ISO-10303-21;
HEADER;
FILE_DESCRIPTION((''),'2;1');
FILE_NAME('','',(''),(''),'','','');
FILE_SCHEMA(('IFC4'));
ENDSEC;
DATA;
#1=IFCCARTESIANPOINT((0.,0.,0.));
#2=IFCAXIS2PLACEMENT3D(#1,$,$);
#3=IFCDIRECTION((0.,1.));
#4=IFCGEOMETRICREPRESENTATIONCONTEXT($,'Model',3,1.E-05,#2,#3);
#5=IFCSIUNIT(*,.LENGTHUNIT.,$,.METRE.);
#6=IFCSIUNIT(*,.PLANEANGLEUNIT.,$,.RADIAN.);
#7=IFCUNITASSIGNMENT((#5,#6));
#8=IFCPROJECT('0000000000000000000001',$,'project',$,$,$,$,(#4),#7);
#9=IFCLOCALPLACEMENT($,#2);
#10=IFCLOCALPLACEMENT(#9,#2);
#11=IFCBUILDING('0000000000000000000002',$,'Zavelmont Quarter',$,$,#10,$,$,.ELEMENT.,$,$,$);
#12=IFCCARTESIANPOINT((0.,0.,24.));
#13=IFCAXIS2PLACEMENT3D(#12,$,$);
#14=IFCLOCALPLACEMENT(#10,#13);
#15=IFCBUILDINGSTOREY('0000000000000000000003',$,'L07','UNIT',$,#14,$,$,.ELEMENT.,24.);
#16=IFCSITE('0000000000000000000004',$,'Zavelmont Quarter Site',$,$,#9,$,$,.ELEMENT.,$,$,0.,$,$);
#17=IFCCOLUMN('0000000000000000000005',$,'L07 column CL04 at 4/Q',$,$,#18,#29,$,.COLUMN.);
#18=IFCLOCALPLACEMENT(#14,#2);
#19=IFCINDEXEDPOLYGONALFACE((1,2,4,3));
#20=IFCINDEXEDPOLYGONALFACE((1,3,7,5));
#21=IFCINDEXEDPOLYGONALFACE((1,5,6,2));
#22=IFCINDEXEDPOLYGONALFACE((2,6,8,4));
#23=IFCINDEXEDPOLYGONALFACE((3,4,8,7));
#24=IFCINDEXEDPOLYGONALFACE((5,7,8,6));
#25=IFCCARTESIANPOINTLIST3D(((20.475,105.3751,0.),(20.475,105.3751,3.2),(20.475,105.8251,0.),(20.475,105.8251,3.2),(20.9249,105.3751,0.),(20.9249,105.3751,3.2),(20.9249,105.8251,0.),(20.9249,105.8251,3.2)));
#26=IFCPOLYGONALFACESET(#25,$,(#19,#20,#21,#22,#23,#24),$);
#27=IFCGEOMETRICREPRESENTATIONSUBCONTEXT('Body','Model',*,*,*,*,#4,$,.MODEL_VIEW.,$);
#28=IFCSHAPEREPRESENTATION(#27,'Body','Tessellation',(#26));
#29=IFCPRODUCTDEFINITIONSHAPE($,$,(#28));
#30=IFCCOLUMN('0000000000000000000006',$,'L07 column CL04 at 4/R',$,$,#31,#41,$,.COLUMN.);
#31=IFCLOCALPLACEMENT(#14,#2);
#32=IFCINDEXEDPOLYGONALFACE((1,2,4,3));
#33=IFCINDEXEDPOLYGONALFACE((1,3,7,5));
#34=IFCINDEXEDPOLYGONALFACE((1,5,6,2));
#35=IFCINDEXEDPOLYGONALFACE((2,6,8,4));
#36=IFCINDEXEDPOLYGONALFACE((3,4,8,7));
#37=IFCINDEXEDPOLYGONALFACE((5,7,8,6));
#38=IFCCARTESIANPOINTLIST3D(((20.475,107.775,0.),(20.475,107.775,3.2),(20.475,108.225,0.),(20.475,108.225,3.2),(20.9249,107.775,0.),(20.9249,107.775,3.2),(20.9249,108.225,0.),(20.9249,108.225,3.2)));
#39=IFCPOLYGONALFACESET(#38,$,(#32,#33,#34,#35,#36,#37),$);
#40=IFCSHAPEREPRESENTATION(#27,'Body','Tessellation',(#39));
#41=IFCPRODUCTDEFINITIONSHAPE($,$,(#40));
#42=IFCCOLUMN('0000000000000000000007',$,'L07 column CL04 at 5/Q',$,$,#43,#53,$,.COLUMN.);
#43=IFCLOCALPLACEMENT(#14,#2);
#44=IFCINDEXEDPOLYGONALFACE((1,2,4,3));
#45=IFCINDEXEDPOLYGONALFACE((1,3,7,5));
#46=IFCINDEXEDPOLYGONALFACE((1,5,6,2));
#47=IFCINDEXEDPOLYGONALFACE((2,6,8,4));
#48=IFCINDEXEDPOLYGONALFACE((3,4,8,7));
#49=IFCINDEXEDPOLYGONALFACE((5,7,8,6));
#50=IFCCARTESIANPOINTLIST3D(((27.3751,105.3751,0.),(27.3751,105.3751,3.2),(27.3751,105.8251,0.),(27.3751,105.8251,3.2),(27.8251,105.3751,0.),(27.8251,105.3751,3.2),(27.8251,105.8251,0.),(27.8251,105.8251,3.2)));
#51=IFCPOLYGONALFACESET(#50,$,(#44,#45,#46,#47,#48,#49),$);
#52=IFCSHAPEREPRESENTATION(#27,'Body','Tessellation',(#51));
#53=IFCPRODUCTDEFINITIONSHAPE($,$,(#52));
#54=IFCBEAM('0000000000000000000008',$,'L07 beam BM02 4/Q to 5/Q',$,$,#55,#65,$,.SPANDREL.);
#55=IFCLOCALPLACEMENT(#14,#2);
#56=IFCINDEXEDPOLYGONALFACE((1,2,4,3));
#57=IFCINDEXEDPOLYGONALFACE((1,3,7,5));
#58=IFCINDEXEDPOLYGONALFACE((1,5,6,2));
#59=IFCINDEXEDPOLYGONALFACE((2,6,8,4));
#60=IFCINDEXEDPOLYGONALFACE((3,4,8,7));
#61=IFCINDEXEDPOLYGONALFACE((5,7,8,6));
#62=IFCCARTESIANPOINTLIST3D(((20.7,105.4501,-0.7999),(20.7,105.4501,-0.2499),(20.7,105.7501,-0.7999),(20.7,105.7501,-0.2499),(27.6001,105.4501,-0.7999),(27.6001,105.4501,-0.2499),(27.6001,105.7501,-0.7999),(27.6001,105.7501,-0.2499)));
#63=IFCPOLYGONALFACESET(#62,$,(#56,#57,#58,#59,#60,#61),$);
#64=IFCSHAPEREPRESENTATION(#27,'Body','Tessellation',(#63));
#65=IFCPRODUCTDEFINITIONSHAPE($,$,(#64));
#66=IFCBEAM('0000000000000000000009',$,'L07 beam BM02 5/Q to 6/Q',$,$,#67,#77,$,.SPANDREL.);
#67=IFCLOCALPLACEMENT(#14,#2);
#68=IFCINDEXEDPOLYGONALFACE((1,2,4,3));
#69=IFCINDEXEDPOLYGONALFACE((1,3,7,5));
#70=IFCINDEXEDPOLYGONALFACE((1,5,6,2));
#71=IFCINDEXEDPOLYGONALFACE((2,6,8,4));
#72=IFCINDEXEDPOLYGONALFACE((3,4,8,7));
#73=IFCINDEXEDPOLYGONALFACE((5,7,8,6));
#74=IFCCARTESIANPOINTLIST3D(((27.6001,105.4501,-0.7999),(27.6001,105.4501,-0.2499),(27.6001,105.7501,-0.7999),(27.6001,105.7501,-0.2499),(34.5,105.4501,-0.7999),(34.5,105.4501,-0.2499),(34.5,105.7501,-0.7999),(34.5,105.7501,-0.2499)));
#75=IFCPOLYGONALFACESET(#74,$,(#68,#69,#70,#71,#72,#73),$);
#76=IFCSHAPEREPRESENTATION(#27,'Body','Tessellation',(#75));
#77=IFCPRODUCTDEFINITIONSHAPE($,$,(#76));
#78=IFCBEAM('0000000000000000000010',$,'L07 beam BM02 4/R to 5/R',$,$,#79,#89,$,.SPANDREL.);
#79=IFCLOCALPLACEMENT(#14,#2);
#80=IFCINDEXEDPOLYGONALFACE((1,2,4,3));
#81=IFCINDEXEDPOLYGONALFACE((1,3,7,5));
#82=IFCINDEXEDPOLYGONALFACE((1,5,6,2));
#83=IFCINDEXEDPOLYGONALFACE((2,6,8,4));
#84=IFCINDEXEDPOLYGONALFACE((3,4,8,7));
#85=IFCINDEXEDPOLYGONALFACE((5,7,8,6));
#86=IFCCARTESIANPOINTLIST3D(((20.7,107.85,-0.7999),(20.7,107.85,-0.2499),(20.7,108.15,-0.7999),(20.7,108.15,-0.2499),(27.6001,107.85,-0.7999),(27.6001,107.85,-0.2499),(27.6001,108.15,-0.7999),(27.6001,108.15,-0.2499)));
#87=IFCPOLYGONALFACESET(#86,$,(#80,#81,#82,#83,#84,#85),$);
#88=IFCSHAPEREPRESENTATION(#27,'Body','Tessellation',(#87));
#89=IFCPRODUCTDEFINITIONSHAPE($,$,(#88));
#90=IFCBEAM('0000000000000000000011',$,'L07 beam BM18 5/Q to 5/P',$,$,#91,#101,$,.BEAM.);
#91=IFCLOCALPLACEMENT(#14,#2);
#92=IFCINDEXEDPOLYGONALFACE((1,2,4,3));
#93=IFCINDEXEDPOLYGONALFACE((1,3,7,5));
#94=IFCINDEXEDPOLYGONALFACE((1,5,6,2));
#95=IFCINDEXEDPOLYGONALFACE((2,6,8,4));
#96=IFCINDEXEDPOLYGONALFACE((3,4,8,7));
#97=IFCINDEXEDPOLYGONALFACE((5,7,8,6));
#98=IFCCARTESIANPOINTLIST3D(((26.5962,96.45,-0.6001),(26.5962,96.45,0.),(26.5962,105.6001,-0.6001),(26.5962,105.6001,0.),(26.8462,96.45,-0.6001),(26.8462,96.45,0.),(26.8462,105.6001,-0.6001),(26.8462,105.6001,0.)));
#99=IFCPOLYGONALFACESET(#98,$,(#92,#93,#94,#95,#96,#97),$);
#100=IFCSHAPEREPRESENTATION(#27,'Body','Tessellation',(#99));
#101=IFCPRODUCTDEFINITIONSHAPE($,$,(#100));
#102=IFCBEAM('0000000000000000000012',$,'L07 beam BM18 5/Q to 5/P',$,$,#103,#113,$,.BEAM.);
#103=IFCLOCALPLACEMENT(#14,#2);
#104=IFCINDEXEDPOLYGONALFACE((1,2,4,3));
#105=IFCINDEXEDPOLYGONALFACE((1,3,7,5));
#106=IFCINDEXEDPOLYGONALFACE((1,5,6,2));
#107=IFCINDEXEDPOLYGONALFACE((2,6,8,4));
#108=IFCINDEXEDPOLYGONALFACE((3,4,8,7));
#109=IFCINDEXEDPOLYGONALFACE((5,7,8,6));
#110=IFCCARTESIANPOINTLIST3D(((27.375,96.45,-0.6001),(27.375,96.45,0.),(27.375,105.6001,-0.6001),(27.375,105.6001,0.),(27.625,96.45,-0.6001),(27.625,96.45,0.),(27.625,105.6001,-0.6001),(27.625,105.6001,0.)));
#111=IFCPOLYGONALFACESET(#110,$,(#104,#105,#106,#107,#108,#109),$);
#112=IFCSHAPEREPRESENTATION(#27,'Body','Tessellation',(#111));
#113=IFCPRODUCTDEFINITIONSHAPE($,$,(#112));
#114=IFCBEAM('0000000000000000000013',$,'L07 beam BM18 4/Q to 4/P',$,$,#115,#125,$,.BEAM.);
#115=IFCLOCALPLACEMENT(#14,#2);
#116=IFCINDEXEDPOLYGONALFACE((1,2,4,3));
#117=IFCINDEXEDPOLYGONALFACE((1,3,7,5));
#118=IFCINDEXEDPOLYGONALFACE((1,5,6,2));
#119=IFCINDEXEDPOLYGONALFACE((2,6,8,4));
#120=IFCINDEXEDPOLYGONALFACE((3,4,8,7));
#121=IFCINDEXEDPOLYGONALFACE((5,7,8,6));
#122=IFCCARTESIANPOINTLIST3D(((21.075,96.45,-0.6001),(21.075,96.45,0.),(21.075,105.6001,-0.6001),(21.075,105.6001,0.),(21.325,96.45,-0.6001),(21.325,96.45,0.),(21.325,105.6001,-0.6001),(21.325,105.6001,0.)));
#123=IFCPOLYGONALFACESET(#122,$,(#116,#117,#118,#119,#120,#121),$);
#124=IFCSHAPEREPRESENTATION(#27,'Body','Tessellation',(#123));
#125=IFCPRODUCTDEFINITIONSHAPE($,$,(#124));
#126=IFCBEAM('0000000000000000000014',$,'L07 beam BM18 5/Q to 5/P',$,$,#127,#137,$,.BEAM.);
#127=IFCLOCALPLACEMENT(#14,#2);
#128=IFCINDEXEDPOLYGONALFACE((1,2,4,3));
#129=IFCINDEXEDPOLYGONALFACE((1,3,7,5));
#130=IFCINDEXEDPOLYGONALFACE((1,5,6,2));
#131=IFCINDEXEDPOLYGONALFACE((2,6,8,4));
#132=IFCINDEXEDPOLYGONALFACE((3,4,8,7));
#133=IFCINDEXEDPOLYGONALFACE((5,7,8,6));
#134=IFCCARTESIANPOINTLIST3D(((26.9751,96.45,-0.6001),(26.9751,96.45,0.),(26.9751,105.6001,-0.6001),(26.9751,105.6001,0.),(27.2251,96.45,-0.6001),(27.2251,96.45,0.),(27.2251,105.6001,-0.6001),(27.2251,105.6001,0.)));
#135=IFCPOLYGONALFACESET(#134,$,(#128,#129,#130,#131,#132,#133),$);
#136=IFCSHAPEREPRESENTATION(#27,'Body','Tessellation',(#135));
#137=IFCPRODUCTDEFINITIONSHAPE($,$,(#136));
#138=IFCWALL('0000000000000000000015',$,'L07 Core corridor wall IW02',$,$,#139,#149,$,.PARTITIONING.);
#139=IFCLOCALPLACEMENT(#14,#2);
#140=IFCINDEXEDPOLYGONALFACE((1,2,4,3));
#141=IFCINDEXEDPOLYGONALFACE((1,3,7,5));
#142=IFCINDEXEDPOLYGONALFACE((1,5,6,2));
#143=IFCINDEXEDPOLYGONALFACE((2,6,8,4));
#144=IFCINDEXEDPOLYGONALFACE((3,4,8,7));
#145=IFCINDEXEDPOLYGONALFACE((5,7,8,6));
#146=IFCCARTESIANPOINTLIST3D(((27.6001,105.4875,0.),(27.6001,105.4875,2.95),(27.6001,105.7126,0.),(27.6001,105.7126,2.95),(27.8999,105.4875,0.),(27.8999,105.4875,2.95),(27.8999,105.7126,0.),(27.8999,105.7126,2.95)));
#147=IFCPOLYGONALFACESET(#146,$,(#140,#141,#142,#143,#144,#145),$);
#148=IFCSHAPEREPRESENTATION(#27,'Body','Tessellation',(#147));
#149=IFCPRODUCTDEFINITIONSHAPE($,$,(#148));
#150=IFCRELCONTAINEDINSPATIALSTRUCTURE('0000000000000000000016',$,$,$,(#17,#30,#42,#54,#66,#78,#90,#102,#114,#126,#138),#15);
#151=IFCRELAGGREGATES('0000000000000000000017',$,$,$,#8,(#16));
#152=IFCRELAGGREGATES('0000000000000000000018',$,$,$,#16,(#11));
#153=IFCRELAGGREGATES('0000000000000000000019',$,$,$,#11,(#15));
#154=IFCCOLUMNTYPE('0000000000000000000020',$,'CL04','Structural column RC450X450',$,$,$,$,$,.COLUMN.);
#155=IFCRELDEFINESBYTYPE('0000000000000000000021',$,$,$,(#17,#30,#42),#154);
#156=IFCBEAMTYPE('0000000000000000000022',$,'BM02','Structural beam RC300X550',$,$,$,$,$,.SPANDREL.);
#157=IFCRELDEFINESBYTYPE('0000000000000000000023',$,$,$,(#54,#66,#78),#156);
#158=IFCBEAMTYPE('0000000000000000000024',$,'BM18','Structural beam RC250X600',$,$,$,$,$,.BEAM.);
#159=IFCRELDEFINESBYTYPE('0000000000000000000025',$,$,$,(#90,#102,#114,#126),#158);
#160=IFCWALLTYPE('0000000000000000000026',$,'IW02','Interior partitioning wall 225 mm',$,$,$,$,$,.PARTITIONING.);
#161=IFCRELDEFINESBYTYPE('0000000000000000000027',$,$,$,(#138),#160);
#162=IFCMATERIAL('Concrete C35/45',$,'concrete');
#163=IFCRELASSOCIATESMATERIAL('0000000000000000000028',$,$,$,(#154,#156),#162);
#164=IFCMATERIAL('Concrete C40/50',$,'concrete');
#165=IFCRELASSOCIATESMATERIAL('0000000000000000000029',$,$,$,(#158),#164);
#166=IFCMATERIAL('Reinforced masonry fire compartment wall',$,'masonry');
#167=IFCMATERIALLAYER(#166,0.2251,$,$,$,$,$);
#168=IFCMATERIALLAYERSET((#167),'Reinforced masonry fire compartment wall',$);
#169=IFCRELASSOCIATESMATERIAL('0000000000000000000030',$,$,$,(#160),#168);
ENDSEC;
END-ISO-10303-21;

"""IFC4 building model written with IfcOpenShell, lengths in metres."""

from ifc_helpers import new_model, si_unit, direction, frame, frame_2d, origin, origin_2d, place, context, subcontext, project, spatial, rectangle, extrude, material, layer, layer_set, material_profile, profile_set, type_object, element, save


model = new_model("IFC4")

# Units and contexts
model_context = context("Model", 3, precision=1e-05, world=origin(), true_north=direction((0.0, 1.0)))
body_context = subcontext(model_context, "Body", "Model", "MODEL_VIEW")
ifc_project = project(units=[si_unit("LENGTHUNIT", "METRE"), si_unit("PLANEANGLEUNIT", "RADIAN")], contexts=[model_context])

# Site, building, storey
site_placement = place(None, origin())
site = spatial("IfcSite", under=ifc_project, at=site_placement, Name="Zavelmont Quarter Site", CompositionType="ELEMENT", RefElevation=0.0)
building_placement = place(site_placement, origin())
building = spatial("IfcBuilding", under=site, at=building_placement, Name="Zavelmont Quarter", CompositionType="ELEMENT")
storey_placement = place(building_placement, frame((0.0, 0.0, 24.0)))
storey = spatial("IfcBuildingStorey", under=building, at=storey_placement, Name="L07", Description="UNIT", CompositionType="ELEMENT", Elevation=24.0)

# Columns
ifc_material_1 = material(Name="Concrete C35/45", Category="concrete")
ifc_material_profile_1 = material_profile(ifc_material_1, rectangle(XDim=0.45, YDim=0.45, at=origin_2d()), Name="RC450X450")
ifc_profile_set_1 = profile_set([ifc_material_profile_1], Name="Concrete C35/45")
column_type = type_object("IfcColumnType", Name="CL04", Description="Structural column RC450X450", PredefinedType="COLUMN", material=ifc_profile_set_1)
for number, where, z_axis, x_axis, name in (
    (1, (20.7, 105.6001, 0.0), (0.0, 0.0, 1.0), (1.0, 0.0, 0.0), "L07 column CL04 at 4/Q"),
    (2, (20.7, 108.0, 0.0), (0.0, 0.0, 1.0), (1.0, 0.0, 0.0), "L07 column CL04 at 4/R"),
    (3, (27.6001, 105.6001, 0.0), (0.0, 0.0, 1.0), (1.0, 0.0, 0.0), "L07 column CL04 at 5/Q"),
):
    element("IfcColumn", number, at=place(storey_placement, frame(where, z_axis=z_axis, x_axis=x_axis)), inside=storey, type_object=column_type, Name=name, PredefinedType="COLUMN", context=body_context, shape_type="SweptSolid", body=[
        extrude(rectangle(XDim=0.45, YDim=0.45, at=origin_2d()), origin(), (0.0, 0.0, 1.0), 3.2),
    ])

# Beams
ifc_material_profile_2 = material_profile(ifc_material_1, rectangle(XDim=0.3, YDim=0.55, at=origin_2d()), Name="RC300X550")
ifc_profile_set_2 = profile_set([ifc_material_profile_2], Name="Concrete C35/45")
beam_type_1 = type_object("IfcBeamType", Name="BM02", Description="Structural beam RC300X550", PredefinedType="SPANDREL", material=ifc_profile_set_2)
beam_1_placement = place(storey_placement, frame((20.7, 105.6001, -0.5249), z_axis=(1.0, 0.0, 0.0), x_axis=(0.0, 1.0, 0.0)))
element("IfcBeam", 4, at=beam_1_placement, inside=storey, type_object=beam_type_1, Name="L07 beam BM02 4/Q to 5/Q", PredefinedType="SPANDREL", context=body_context, shape_type="SweptSolid", body=[
    extrude(rectangle(XDim=0.3, YDim=0.55, at=origin_2d()), origin(), (0.0, 0.0, 1.0), 6.9001),
])
beam_2_placement = place(storey_placement, frame((27.6001, 105.6001, -0.5249), z_axis=(1.0, 0.0, 0.0), x_axis=(0.0, 1.0, 0.0)))
element("IfcBeam", 5, at=beam_2_placement, inside=storey, type_object=beam_type_1, Name="L07 beam BM02 5/Q to 6/Q", PredefinedType="SPANDREL", context=body_context, shape_type="SweptSolid", body=[
    extrude(rectangle(XDim=0.3, YDim=0.55, at=origin_2d()), origin(), (0.0, 0.0, 1.0), 6.8999),
])
beam_3_placement = place(storey_placement, frame((20.7, 108.0, -0.5249), z_axis=(1.0, 0.0, 0.0), x_axis=(0.0, 1.0, 0.0)))
element("IfcBeam", 6, at=beam_3_placement, inside=storey, type_object=beam_type_1, Name="L07 beam BM02 4/R to 5/R", PredefinedType="SPANDREL", context=body_context, shape_type="SweptSolid", body=[
    extrude(rectangle(XDim=0.3, YDim=0.55, at=origin_2d()), origin(), (0.0, 0.0, 1.0), 6.9001),
])
ifc_material_2 = material(Name="Concrete C40/50", Category="concrete")
ifc_material_profile_3 = material_profile(ifc_material_2, rectangle(XDim=0.25, YDim=0.6001, at=origin_2d()), Name="RC250X600")
ifc_profile_set_3 = profile_set([ifc_material_profile_3], Name="Concrete C40/50")
beam_type_2 = type_object("IfcBeamType", Name="BM18", Description="Structural beam RC250X600", PredefinedType="BEAM", material=ifc_profile_set_3)
for number, where, z_axis, x_axis, name in (
    (7, (26.7212, 105.6001, -0.3), (0.0, -1.0, 0.0), (1.0, 0.0, 0.0), "L07 beam BM18 5/Q to 5/P"),
    (8, (27.5, 105.6001, -0.3), (0.0, -1.0, 0.0), (1.0, 0.0, 0.0), "L07 beam BM18 5/Q to 5/P"),
    (9, (21.2, 105.6001, -0.3), (0.0, -1.0, 0.0), (1.0, 0.0, 0.0), "L07 beam BM18 4/Q to 4/P"),
    (10, (27.1001, 105.6001, -0.3), (0.0, -1.0, 0.0), (1.0, 0.0, 0.0), "L07 beam BM18 5/Q to 5/P"),
):
    element("IfcBeam", number, at=place(storey_placement, frame(where, z_axis=z_axis, x_axis=x_axis)), inside=storey, type_object=beam_type_2, Name=name, PredefinedType="BEAM", context=body_context, shape_type="SweptSolid", body=[
        extrude(rectangle(XDim=0.25, YDim=0.6001, at=origin_2d()), origin(), (0.0, 0.0, 1.0), 9.1501),
    ])

# Wall
ifc_material_3 = material(Name="Reinforced masonry fire compartment wall", Category="masonry")
ifc_layer_1 = layer(ifc_material_3, 0.2251)
ifc_layer_set_1 = layer_set([ifc_layer_1], Name="Reinforced masonry fire compartment wall")
wall_type_1 = type_object("IfcWallType", Name="IW02", Description="Interior partitioning wall 225 mm", PredefinedType="PARTITIONING", material=ifc_layer_set_1)
wall_1_placement = place(storey_placement, frame((27.6001, 105.6001, 0.0), z_axis=(0.0, 0.0, 1.0), x_axis=(1.0, 0.0, 0.0)))
element("IfcWall", 11, at=wall_1_placement, inside=storey, type_object=wall_type_1, Name="L07 Core corridor wall IW02", PredefinedType="PARTITIONING", context=body_context, shape_type="SweptSolid", body=[
    extrude(rectangle(XDim=0.2998, YDim=0.2251, at=frame_2d((0.1499, 0.0))), origin(), (0.0, 0.0, 1.0), 2.95),
])

save(model, "model.ifc")
